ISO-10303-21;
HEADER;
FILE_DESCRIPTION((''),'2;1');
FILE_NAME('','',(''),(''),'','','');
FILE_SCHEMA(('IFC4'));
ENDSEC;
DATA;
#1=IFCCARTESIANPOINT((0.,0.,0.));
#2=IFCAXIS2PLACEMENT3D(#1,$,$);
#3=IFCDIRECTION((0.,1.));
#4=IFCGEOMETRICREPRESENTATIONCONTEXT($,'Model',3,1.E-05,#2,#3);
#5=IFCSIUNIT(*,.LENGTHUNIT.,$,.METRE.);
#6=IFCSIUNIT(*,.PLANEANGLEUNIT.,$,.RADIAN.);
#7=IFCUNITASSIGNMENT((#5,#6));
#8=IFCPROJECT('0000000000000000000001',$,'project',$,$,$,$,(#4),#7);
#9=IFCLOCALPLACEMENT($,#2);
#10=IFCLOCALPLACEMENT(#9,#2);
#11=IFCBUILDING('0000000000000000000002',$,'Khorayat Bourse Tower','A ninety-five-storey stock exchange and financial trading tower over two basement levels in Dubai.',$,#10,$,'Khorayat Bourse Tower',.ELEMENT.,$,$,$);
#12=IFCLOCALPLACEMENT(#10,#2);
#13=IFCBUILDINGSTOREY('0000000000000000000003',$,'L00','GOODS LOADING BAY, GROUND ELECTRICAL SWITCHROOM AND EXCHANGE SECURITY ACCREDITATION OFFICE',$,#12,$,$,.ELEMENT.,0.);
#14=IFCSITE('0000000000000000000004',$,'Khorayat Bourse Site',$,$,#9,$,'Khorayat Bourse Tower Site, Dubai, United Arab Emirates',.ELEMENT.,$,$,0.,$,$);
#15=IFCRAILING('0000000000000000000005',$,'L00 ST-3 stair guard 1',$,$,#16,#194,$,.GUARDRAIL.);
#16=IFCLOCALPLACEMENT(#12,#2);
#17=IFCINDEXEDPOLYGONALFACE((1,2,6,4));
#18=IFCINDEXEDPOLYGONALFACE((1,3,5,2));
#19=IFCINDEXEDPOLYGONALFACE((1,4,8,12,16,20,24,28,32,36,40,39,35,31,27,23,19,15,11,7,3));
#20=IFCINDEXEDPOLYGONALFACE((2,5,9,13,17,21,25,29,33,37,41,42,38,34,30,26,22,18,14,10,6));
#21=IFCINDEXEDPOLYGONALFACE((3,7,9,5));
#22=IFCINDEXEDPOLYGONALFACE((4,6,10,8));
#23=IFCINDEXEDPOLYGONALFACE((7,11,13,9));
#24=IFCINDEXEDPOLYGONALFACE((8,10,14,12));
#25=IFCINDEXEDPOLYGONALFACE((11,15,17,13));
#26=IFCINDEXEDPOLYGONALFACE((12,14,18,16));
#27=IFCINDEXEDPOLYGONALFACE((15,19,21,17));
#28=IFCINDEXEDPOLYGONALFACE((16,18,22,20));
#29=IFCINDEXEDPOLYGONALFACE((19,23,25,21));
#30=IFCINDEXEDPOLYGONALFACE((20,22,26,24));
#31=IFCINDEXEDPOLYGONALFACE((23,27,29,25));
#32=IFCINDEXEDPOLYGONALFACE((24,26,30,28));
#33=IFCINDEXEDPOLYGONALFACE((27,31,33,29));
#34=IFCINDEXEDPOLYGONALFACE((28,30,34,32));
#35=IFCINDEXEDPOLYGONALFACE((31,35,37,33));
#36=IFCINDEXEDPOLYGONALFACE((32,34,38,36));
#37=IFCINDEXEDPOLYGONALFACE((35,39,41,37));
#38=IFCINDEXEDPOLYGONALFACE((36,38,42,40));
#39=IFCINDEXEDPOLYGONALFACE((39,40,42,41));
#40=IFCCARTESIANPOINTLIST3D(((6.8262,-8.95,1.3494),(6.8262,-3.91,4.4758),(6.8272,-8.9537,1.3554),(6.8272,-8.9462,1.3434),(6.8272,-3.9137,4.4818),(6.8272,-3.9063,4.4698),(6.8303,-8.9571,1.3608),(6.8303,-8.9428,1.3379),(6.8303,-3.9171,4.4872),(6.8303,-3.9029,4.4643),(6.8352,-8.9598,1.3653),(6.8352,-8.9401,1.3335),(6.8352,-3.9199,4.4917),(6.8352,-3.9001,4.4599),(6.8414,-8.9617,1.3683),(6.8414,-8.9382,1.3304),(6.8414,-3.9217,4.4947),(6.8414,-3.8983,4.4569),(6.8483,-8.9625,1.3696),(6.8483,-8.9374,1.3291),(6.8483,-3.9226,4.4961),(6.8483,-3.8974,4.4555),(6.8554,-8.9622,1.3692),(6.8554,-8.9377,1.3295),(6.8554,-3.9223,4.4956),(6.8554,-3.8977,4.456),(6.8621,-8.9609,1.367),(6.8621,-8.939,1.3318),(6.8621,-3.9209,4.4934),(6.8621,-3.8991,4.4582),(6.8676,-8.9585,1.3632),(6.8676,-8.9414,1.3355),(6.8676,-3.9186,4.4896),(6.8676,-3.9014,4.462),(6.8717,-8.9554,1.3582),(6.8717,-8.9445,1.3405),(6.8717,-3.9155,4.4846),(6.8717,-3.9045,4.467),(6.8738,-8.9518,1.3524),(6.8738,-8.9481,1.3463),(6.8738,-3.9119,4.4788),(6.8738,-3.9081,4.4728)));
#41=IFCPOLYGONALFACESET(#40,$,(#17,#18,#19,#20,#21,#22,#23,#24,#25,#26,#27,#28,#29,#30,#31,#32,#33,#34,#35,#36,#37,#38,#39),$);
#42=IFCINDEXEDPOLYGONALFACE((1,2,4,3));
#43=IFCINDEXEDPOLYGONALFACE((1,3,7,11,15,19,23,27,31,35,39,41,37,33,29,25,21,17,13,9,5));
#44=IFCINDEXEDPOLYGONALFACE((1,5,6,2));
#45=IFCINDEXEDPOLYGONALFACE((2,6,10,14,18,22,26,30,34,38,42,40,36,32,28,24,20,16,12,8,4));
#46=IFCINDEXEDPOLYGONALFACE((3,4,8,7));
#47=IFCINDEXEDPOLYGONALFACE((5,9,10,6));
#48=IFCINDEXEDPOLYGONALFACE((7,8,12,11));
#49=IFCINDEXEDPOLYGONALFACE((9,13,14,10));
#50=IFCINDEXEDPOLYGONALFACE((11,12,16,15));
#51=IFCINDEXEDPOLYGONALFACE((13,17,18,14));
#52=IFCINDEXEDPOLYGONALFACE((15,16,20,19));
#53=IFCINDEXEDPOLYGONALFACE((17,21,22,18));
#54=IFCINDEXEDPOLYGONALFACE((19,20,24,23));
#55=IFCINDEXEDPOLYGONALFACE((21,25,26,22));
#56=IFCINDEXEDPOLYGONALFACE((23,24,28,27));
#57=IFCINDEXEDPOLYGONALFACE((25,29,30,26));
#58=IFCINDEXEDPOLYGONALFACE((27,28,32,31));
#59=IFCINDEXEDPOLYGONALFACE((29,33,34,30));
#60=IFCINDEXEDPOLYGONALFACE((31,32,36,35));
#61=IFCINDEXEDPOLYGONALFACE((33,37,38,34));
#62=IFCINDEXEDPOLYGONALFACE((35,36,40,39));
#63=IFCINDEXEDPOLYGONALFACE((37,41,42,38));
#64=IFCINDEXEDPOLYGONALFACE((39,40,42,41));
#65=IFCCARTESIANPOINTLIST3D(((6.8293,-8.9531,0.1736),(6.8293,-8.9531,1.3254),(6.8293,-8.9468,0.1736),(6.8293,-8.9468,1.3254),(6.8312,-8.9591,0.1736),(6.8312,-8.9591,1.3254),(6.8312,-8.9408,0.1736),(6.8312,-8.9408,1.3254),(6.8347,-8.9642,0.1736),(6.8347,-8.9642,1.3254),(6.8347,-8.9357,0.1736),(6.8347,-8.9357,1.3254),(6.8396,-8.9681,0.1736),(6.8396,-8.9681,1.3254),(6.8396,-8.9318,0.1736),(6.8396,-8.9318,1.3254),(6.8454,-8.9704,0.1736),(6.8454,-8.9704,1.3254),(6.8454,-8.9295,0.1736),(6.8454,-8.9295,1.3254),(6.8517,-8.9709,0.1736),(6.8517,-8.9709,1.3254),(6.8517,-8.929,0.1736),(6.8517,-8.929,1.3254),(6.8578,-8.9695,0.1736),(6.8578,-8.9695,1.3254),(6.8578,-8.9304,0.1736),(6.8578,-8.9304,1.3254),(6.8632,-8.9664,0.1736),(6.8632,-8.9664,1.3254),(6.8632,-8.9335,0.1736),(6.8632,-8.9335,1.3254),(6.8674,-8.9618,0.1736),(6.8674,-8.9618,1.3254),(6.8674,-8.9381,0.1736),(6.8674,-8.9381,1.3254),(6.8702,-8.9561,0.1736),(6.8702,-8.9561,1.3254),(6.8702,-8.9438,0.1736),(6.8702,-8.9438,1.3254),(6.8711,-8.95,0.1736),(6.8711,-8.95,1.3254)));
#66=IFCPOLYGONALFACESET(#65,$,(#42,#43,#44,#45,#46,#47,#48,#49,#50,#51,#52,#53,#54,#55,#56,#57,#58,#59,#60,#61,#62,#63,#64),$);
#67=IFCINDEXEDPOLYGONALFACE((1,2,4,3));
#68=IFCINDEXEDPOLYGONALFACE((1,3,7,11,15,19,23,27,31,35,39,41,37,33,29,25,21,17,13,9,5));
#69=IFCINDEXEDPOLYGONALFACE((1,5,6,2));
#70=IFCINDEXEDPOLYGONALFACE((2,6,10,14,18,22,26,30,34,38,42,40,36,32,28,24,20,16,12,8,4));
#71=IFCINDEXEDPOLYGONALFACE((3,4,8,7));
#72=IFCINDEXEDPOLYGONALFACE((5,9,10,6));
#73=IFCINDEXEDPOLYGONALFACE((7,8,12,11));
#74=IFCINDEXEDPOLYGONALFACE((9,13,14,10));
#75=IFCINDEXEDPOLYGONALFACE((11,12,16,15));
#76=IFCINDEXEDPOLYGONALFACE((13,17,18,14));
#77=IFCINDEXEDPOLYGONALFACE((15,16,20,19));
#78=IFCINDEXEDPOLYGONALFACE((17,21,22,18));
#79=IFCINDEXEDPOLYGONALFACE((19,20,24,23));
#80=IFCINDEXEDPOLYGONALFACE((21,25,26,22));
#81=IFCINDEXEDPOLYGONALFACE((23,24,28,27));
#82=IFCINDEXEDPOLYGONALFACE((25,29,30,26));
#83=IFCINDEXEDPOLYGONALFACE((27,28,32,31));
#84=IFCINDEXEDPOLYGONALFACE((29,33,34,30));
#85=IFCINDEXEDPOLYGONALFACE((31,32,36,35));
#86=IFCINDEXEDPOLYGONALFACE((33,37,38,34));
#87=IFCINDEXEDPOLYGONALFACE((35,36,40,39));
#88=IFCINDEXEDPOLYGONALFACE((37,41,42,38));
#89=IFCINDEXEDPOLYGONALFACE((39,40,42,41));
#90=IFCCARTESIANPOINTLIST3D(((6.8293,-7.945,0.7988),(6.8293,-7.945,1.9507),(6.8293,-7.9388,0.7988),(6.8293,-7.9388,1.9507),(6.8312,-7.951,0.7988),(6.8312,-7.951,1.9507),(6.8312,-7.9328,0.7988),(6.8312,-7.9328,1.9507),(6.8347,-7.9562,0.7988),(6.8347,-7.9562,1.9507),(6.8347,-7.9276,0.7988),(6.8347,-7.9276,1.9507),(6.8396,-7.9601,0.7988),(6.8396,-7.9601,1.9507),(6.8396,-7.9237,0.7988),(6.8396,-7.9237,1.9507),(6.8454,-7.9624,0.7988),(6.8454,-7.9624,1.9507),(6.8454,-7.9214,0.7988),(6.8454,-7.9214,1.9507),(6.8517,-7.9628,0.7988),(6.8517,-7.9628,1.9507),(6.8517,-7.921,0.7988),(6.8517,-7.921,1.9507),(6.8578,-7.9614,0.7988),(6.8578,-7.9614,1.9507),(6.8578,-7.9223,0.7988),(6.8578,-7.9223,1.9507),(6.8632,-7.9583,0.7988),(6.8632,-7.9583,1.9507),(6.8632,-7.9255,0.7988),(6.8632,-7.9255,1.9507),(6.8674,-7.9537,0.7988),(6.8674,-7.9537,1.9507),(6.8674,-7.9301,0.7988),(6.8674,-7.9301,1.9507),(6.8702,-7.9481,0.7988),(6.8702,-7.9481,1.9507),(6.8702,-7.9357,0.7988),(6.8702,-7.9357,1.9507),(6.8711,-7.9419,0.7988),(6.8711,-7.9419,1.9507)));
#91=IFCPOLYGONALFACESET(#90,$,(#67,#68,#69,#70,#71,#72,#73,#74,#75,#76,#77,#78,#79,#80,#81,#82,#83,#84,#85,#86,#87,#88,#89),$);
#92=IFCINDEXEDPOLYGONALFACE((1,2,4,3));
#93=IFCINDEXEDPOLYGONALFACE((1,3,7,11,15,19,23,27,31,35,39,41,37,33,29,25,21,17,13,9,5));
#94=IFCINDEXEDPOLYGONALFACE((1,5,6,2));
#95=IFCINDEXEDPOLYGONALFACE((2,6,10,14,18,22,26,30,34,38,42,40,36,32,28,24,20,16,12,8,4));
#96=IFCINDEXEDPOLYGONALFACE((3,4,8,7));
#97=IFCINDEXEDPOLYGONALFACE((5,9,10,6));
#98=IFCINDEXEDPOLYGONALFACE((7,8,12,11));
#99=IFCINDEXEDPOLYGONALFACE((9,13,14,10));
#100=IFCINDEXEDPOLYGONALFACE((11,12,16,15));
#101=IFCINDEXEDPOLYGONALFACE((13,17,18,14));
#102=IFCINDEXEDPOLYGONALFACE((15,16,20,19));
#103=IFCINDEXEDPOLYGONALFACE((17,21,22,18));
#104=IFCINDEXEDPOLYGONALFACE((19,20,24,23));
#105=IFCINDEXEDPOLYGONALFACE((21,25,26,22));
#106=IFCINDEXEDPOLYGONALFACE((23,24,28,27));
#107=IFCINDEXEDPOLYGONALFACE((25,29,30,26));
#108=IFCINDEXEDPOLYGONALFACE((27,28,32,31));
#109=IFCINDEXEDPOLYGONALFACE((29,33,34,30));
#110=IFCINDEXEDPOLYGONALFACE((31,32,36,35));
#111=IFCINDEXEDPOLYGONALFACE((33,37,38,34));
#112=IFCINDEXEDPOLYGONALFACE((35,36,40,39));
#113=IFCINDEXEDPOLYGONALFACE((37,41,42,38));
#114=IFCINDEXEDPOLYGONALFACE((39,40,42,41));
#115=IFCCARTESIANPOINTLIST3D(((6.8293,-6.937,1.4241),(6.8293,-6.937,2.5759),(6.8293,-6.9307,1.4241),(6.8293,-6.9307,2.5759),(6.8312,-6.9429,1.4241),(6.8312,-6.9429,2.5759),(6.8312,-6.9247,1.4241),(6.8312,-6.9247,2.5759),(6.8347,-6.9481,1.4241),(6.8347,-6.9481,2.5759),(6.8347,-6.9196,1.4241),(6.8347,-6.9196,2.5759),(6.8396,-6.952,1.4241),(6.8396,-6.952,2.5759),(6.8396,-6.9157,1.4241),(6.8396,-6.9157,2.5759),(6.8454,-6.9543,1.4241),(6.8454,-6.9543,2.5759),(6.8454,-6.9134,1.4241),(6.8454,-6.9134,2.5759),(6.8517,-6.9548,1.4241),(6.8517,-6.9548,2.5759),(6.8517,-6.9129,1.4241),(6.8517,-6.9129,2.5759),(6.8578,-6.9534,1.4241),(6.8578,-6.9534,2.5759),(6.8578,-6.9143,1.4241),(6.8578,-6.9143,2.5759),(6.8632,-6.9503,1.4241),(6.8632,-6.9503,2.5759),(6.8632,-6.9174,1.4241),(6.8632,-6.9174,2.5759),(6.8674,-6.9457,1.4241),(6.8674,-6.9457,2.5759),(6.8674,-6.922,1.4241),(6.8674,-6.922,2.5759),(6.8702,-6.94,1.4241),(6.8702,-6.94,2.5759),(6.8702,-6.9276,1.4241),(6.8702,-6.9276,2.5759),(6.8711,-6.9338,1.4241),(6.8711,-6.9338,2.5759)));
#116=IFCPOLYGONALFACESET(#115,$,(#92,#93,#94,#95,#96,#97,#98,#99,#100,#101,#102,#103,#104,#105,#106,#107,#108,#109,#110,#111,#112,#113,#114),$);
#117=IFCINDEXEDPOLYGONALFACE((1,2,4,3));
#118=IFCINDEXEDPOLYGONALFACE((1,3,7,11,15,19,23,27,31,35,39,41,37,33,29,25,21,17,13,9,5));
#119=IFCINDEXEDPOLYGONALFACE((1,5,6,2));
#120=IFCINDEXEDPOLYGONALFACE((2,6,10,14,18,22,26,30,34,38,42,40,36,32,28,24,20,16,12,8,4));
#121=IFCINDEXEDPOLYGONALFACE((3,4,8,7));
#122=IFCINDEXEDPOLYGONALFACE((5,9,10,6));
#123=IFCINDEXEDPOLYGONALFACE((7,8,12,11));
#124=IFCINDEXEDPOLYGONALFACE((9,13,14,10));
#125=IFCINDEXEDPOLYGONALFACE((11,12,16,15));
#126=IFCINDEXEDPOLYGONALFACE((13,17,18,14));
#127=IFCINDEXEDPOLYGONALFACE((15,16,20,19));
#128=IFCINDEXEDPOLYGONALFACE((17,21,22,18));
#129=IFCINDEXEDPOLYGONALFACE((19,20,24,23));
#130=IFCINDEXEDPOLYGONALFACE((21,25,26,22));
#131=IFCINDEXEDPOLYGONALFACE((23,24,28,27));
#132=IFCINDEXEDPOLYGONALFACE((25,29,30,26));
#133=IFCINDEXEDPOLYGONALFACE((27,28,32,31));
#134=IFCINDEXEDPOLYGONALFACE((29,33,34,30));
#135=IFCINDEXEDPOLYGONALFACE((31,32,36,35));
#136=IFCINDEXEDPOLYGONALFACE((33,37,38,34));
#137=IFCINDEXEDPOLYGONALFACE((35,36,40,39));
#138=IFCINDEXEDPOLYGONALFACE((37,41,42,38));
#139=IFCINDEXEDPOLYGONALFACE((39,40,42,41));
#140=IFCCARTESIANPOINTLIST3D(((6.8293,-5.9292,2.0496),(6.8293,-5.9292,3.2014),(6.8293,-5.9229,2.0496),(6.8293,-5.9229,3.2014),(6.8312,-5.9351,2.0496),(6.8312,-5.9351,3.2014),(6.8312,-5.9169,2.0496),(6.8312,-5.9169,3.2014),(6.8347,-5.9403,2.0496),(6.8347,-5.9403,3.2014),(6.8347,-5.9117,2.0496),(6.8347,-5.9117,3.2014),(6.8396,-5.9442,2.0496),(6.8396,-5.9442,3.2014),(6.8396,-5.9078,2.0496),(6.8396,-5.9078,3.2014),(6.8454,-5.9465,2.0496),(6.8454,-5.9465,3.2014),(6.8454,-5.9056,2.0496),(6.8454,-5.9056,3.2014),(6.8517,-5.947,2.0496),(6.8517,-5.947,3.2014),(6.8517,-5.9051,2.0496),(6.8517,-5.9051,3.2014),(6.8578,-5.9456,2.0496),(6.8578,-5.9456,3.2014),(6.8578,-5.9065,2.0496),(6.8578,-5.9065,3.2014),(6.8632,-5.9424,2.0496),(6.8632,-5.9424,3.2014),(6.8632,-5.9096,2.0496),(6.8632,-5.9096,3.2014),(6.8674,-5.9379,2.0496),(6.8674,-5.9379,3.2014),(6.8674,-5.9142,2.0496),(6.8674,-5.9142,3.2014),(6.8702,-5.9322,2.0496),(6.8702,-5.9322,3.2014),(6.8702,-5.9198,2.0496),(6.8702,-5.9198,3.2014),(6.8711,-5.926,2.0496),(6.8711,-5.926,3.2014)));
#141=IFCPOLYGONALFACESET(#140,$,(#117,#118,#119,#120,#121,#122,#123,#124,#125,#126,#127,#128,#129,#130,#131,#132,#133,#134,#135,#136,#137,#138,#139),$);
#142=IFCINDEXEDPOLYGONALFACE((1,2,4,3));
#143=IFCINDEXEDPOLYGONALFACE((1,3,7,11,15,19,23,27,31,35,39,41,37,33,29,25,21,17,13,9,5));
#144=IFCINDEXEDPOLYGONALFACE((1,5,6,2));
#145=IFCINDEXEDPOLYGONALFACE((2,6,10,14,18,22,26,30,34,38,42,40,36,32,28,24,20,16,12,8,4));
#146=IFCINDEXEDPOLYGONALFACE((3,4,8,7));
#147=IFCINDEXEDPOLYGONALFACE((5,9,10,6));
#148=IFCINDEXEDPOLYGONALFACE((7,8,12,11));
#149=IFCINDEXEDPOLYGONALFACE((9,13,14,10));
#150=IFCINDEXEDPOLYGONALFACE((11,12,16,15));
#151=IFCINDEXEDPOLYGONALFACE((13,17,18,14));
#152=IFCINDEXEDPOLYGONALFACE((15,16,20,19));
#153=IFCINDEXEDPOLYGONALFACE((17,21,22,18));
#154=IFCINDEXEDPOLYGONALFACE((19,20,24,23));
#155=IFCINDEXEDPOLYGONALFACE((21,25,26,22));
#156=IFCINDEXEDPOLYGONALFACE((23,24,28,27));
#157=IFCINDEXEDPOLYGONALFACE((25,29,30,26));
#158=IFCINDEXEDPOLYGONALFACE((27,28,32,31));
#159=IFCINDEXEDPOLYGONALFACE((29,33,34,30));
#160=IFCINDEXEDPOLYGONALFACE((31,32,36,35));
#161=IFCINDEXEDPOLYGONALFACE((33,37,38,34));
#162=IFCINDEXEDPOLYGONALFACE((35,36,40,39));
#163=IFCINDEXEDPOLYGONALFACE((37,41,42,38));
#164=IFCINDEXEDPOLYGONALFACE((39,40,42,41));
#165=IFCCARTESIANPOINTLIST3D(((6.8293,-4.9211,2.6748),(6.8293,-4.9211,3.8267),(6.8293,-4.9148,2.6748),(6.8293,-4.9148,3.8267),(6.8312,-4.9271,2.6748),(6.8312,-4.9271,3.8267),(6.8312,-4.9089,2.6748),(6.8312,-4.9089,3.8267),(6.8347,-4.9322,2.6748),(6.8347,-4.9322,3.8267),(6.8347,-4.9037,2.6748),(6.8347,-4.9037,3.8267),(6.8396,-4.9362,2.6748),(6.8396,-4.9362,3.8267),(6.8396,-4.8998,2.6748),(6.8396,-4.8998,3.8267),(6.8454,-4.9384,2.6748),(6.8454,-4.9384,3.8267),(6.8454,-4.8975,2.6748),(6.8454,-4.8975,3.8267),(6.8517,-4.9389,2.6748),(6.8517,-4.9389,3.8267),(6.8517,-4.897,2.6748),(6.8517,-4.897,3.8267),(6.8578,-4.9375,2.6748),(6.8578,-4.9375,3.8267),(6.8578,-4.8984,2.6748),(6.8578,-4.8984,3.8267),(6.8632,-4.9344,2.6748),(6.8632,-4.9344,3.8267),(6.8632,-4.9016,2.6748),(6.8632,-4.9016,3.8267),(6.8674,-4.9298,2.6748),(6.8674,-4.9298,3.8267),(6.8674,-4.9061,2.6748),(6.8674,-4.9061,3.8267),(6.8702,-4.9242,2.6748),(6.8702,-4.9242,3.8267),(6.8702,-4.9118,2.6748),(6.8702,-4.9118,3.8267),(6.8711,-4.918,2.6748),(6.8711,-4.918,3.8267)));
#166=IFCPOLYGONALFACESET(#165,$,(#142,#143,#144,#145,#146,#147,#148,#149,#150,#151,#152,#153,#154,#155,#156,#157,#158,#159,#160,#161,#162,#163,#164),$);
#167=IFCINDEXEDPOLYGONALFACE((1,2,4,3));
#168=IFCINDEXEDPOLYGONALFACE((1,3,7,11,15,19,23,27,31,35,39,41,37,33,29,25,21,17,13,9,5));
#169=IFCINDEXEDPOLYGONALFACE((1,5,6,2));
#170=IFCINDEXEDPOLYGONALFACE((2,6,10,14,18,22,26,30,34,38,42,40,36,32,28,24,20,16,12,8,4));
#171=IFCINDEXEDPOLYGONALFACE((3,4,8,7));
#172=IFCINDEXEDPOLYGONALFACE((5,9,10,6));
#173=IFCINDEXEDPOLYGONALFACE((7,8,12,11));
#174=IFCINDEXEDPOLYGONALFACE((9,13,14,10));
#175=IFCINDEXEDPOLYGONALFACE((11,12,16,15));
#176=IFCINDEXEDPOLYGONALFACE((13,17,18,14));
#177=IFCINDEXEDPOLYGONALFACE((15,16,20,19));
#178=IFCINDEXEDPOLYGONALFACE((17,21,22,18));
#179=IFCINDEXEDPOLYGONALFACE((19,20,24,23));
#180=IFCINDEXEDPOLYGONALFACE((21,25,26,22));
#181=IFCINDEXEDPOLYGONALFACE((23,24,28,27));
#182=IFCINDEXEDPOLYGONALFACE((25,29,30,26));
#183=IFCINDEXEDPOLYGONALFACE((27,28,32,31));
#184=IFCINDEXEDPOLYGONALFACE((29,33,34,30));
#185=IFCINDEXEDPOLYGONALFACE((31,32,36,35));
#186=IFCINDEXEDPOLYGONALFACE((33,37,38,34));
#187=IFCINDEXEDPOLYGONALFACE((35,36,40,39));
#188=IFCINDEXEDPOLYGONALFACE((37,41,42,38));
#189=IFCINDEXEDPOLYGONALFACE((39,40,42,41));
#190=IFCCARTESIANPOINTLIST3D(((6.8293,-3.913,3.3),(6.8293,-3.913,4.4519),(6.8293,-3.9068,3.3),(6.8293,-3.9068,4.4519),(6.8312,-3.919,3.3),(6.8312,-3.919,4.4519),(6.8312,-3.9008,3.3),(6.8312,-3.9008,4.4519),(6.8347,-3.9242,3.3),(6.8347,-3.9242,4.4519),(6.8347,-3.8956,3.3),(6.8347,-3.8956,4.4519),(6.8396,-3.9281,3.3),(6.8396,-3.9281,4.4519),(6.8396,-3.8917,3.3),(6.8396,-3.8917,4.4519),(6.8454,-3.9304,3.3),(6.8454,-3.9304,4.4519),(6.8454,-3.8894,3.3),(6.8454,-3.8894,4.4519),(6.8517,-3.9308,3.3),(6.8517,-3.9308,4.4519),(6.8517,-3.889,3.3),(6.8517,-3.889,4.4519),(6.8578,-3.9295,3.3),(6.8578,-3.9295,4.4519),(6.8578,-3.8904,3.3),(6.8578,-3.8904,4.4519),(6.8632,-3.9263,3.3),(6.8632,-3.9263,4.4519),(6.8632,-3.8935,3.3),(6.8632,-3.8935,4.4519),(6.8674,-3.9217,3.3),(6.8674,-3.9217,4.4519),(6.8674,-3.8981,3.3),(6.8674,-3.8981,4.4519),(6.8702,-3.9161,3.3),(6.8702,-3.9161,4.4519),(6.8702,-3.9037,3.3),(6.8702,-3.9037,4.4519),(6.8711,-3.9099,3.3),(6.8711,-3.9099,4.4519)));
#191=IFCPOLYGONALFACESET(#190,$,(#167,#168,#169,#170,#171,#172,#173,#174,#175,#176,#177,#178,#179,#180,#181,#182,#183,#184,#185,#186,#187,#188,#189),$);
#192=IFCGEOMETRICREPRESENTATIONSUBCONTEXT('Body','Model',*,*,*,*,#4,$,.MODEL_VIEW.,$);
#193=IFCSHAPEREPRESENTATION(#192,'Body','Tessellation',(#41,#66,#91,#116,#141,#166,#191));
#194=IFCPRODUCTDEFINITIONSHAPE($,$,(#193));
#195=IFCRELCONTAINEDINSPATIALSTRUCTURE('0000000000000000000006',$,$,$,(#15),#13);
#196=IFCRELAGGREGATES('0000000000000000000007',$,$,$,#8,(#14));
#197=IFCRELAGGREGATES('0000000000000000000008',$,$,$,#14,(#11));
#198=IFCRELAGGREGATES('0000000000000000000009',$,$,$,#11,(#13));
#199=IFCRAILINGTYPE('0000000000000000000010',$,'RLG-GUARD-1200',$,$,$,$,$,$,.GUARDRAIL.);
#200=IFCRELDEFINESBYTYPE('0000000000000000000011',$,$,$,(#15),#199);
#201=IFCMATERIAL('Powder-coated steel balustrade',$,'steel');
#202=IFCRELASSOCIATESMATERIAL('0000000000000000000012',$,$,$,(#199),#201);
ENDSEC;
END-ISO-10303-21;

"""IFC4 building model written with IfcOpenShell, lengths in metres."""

from ifc_helpers import new_model, si_unit, direction, frame, origin, origin_2d, place, context, subcontext, project, spatial, circle, extrude, source, transform, mapped, material, type_object, element, save


model = new_model("IFC4")

# Units and contexts
model_context = context("Model", 3, precision=1e-05, world=origin(), true_north=direction((0.0, 1.0)))
body_context = subcontext(model_context, "Body", "Model", "MODEL_VIEW")
ifc_project = project(units=[si_unit("LENGTHUNIT", "METRE"), si_unit("PLANEANGLEUNIT", "RADIAN")], contexts=[model_context])

# Site, building, storey
site_placement = place(None, origin())
site = spatial("IfcSite", under=ifc_project, at=site_placement, Name="Khorayat Bourse Site", LongName="Khorayat Bourse Tower Site, Dubai, United Arab Emirates", CompositionType="ELEMENT", RefElevation=0.0)
building_placement = place(site_placement, origin())
building = spatial("IfcBuilding", under=site, at=building_placement, Name="Khorayat Bourse Tower", Description="A ninety-five-storey stock exchange and financial trading tower over two basement levels in Dubai.", LongName="Khorayat Bourse Tower", CompositionType="ELEMENT")
storey_placement = place(building_placement, origin())
storey = spatial("IfcBuildingStorey", under=building, at=storey_placement, Name="L00", Description="GOODS LOADING BAY, GROUND ELECTRICAL SWITCHROOM AND EXCHANGE SECURITY ACCREDITATION OFFICE", CompositionType="ELEMENT", Elevation=0.0)

# Railing
ifc_material_1 = material(Name="Powder-coated steel balustrade", Category="steel")
railing_type_1 = type_object("IfcRailingType", Name="RLG-GUARD-1200", PredefinedType="GUARDRAIL", material=ifc_material_1)
shared_shape_1 = source(origin(), body_context, "Body", "SweptSolid", [
    extrude(circle(Radius=0.0239, at=origin_2d()), frame((0.0, 0.0, 1.1758), z_axis=(0.0, 0.849779, 0.527139), x_axis=(-1.0, 0.0, 0.0)), (0.0, 0.0, 1.0), 5.9309),
    extrude(circle(Radius=0.021, at=origin_2d()), origin(), (0.0, 0.0, 1.0), 1.1519),
    extrude(circle(Radius=0.021, at=origin_2d()), frame((0.0, 1.0081, 0.6252)), (0.0, 0.0, 1.0), 1.1519),
    extrude(circle(Radius=0.021, at=origin_2d()), frame((0.0, 2.0161, 1.2505)), (0.0, 0.0, 1.0), 1.1519),
    extrude(circle(Radius=0.021, at=origin_2d()), frame((0.0, 3.0239, 1.876)), (0.0, 0.0, 1.0), 1.1519),
    extrude(circle(Radius=0.021, at=origin_2d()), frame((0.0, 4.032, 2.5012)), (0.0, 0.0, 1.0), 1.1519),
    extrude(circle(Radius=0.021, at=origin_2d()), frame((0.0, 5.04, 3.1265)), (0.0, 0.0, 1.0), 1.1519),
])
railing_1_placement = place(storey_placement, frame((6.8501, -8.95, 0.1736)))
element("IfcRailing", 1, at=railing_1_placement, inside=storey, type_object=railing_type_1, Name="L00 ST-3 stair guard 1", PredefinedType="GUARDRAIL", context=body_context, shape_type="MappedRepresentation", body=[
    mapped(shared_shape_1, transform((0.0, 0.0, 0.0), scale=1.0)),
])

save(model, "model.ifc")
